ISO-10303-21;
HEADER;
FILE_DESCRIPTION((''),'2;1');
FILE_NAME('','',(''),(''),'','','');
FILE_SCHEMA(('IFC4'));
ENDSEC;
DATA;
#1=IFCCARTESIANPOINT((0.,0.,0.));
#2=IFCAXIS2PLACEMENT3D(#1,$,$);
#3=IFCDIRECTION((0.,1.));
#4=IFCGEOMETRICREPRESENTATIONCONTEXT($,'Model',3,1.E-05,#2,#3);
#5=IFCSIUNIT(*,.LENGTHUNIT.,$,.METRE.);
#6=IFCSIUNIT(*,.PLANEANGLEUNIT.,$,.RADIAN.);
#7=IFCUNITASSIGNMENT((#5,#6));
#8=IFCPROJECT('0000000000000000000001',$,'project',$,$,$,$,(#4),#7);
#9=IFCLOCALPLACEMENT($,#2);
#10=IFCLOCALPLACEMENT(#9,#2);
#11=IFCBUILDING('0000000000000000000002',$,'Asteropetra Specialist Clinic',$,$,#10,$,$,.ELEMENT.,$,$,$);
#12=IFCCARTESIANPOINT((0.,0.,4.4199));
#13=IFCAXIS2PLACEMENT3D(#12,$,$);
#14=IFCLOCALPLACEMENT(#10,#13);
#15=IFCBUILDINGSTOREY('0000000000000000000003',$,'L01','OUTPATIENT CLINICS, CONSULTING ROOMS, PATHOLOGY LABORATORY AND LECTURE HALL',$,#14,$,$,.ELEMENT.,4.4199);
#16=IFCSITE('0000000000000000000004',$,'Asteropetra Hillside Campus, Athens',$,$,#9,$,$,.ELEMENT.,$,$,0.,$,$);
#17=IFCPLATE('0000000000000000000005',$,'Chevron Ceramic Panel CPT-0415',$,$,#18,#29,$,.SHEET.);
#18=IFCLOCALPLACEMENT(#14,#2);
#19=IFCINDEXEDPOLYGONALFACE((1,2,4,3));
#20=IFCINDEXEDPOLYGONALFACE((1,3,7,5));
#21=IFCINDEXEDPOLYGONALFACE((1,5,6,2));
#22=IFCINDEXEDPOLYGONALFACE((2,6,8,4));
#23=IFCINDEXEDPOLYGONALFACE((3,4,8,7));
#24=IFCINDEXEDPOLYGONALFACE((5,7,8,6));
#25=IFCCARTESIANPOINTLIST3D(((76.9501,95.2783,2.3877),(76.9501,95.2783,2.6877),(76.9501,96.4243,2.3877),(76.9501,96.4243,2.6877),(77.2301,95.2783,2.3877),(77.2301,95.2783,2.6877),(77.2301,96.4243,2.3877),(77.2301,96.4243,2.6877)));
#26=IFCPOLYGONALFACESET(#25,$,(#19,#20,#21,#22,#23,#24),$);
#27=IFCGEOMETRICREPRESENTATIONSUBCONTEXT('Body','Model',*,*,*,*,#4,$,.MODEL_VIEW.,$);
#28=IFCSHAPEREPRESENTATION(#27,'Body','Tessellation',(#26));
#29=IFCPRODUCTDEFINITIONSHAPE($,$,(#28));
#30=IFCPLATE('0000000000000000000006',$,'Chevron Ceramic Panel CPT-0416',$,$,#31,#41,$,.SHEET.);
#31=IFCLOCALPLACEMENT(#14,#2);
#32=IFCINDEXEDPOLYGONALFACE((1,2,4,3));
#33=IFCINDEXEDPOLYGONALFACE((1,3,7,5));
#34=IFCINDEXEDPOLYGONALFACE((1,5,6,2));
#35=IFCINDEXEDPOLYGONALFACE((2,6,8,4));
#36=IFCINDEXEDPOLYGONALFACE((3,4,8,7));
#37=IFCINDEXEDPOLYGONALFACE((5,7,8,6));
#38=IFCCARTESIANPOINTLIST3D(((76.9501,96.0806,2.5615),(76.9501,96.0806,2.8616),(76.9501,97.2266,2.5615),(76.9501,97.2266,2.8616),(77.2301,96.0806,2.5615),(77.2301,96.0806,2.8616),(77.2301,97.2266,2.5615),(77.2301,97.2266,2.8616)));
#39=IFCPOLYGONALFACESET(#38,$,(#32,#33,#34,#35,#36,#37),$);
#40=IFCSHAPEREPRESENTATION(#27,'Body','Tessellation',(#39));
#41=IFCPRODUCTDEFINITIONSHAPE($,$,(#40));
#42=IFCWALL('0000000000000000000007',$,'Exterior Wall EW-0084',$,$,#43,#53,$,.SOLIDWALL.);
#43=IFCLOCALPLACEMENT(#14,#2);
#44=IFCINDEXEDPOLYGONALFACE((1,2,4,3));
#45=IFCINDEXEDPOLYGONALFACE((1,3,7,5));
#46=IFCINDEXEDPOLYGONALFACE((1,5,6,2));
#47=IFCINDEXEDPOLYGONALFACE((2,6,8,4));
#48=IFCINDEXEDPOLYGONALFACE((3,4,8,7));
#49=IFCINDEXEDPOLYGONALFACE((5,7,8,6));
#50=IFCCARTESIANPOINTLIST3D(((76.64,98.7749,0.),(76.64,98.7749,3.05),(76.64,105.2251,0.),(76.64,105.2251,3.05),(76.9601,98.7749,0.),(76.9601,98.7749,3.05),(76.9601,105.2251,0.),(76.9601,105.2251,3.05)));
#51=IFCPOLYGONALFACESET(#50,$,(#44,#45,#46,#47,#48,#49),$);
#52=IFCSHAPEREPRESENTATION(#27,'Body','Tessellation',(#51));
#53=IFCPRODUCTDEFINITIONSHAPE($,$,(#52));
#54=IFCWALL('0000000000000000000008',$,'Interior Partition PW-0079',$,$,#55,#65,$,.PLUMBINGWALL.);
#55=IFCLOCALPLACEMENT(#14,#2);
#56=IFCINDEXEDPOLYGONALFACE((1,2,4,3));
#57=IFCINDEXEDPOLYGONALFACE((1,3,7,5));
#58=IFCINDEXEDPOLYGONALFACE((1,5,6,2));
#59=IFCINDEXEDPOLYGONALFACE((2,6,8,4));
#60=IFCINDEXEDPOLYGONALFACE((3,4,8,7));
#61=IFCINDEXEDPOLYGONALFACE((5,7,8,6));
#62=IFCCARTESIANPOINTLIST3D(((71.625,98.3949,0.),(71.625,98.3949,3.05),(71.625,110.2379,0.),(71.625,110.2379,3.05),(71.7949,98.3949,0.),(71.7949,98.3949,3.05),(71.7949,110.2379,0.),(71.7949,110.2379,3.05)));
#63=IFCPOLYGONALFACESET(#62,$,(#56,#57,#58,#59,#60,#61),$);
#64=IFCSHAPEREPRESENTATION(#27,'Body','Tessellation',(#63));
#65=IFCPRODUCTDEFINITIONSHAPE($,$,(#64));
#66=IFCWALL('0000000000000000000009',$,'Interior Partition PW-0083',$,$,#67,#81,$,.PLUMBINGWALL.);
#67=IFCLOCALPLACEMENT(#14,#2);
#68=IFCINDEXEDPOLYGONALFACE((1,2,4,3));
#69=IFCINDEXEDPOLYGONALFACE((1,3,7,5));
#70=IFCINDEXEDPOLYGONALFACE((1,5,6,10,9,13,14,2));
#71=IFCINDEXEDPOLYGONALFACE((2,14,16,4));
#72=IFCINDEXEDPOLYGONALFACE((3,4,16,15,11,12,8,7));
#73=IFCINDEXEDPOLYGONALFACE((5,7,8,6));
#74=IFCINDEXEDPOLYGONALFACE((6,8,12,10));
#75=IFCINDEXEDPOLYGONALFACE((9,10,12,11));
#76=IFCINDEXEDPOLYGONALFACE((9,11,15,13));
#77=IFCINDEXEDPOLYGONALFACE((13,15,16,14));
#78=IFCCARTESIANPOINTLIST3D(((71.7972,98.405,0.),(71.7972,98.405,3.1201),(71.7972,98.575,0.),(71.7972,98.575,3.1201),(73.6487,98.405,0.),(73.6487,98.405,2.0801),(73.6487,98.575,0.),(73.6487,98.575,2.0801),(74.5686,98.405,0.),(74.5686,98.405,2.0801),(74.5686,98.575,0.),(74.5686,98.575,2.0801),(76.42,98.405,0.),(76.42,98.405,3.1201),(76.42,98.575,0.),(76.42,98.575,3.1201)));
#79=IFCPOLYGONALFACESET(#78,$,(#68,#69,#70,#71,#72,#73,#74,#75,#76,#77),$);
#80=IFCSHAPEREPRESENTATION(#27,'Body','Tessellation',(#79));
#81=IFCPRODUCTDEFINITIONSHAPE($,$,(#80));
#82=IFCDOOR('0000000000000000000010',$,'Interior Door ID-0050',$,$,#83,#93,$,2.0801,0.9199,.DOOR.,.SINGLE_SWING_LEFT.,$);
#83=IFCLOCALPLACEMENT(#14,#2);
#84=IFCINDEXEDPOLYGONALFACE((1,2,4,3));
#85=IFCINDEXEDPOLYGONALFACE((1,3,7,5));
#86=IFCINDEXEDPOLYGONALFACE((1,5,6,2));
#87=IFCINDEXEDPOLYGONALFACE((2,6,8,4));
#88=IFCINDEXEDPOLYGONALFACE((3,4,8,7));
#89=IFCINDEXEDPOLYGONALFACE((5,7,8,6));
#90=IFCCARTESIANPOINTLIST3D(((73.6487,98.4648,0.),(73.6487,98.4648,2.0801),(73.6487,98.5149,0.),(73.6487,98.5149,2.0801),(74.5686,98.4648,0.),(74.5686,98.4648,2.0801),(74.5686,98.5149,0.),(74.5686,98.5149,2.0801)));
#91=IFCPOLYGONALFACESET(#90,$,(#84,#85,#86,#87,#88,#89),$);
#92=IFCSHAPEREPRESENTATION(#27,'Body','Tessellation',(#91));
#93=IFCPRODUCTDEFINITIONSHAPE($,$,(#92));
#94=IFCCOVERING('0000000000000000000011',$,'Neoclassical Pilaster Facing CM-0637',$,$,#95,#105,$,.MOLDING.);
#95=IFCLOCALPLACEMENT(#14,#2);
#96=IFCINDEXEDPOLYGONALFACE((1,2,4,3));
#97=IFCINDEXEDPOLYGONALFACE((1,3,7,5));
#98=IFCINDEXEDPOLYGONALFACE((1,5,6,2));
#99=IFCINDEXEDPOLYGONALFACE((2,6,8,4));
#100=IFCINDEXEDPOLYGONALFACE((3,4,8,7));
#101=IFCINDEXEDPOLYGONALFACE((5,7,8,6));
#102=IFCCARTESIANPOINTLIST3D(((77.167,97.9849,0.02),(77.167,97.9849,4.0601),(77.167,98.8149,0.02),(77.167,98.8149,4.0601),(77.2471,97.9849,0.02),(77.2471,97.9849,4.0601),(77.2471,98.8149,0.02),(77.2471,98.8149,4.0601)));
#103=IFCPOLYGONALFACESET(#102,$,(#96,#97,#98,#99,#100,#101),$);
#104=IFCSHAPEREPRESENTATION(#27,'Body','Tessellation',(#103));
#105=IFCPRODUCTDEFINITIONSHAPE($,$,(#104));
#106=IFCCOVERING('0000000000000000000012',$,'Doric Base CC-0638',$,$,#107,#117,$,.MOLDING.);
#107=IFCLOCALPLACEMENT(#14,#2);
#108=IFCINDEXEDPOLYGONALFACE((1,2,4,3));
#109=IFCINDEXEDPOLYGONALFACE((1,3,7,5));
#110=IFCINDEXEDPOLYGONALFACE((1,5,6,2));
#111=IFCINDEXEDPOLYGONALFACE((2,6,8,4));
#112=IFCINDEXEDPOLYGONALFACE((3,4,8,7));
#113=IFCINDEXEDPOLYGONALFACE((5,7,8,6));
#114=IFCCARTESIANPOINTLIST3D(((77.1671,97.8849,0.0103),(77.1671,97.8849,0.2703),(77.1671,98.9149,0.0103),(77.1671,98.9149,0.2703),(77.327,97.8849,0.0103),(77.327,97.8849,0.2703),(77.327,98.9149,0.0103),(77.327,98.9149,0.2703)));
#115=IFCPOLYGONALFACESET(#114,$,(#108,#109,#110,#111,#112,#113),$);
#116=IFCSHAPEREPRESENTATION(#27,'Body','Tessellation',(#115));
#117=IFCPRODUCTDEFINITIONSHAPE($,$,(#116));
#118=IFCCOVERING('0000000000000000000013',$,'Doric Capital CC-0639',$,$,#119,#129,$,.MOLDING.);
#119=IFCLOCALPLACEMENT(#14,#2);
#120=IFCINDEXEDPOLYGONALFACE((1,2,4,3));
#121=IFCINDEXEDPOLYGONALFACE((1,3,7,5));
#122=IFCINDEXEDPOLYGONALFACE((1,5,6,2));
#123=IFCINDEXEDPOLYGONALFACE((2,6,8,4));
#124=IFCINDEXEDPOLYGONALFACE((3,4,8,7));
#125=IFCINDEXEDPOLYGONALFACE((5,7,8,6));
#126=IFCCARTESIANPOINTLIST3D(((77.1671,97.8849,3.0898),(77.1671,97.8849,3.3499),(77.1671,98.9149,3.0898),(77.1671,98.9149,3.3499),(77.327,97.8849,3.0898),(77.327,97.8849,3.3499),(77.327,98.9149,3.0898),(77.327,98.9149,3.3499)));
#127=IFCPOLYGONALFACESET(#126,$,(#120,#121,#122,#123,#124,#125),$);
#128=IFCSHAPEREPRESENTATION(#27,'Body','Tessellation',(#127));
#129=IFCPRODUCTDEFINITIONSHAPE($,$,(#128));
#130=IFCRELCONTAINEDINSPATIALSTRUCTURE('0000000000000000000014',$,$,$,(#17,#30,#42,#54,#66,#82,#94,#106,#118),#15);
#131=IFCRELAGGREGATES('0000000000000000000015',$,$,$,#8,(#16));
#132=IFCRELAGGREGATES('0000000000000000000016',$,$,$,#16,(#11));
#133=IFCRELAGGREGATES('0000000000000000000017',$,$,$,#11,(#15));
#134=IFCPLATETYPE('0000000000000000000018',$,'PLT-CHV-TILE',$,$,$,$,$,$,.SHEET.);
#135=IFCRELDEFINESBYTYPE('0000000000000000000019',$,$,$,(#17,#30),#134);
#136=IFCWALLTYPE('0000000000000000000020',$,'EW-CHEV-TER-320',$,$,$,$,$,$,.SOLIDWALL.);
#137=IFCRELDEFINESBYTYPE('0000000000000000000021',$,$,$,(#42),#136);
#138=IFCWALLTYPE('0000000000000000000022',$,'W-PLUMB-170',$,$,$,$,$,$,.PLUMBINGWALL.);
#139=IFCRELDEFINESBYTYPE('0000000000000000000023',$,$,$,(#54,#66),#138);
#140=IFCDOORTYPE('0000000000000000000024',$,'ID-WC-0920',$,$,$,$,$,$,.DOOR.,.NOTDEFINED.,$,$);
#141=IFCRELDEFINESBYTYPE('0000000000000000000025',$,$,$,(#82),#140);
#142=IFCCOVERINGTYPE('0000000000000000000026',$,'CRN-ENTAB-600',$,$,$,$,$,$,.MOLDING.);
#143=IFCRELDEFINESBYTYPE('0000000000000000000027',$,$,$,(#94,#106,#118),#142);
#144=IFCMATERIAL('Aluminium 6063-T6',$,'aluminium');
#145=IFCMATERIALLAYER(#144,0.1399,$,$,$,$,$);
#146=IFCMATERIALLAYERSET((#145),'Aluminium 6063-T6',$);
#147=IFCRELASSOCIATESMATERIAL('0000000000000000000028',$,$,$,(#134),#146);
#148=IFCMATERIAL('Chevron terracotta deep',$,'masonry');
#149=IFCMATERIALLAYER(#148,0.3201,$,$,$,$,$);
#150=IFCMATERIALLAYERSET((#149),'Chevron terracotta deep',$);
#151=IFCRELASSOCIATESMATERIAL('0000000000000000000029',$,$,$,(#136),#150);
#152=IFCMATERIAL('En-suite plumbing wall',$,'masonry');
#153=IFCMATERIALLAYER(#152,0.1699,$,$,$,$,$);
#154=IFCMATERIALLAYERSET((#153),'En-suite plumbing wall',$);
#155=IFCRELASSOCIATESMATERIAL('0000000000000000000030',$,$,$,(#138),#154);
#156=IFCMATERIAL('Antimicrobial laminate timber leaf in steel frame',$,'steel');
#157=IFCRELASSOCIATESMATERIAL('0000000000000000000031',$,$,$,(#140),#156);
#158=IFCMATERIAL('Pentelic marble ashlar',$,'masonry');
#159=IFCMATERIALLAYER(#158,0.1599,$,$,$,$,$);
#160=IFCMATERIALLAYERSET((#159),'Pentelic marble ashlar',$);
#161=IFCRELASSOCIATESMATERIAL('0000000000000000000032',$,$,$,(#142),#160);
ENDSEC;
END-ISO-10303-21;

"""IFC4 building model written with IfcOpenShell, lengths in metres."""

from ifc_helpers import new_model, si_unit, direction, frame, frame_2d, origin, origin_2d, place, context, subcontext, project, spatial, rectangle, extrude, material, layer, layer_set, type_object, element, fill, save


model = new_model("IFC4")

# Units and contexts
model_context = context("Model", 3, precision=1e-05, world=origin(), true_north=direction((0.0, 1.0)))
body_context = subcontext(model_context, "Body", "Model", "MODEL_VIEW")
ifc_project = project(units=[si_unit("LENGTHUNIT", "METRE"), si_unit("PLANEANGLEUNIT", "RADIAN")], contexts=[model_context])

# Site, building, storey
site_placement = place(None, origin())
site = spatial("IfcSite", under=ifc_project, at=site_placement, Name="Asteropetra Hillside Campus, Athens", CompositionType="ELEMENT", RefElevation=0.0)
building_placement = place(site_placement, origin())
building = spatial("IfcBuilding", under=site, at=building_placement, Name="Asteropetra Specialist Clinic", CompositionType="ELEMENT")
storey_placement = place(building_placement, frame((0.0, 0.0, 4.4199)))
storey = spatial("IfcBuildingStorey", under=building, at=storey_placement, Name="L01", Description="OUTPATIENT CLINICS, CONSULTING ROOMS, PATHOLOGY LABORATORY AND LECTURE HALL", CompositionType="ELEMENT", Elevation=4.4199)

# Plates
ifc_material_1 = material(Name="Aluminium 6063-T6", Category="aluminium")
ifc_layer_1 = layer(ifc_material_1, 0.1399)
ifc_layer_set_1 = layer_set([ifc_layer_1], Name="Aluminium 6063-T6")
plate_type_1 = type_object("IfcPlateType", Name="PLT-CHV-TILE", PredefinedType="SHEET", material=ifc_layer_set_1)
for number, where, z_axis, x_axis, name in (
    (1, (77.0901, 95.8513, 2.3877), (0.0, 0.0, 1.0), (1.0, 0.0, 0.0), "Chevron Ceramic Panel CPT-0415"),
    (2, (77.0901, 96.6536, 2.5615), (0.0, 0.0, 1.0), (1.0, 0.0, 0.0), "Chevron Ceramic Panel CPT-0416"),
):
    element("IfcPlate", number, at=place(storey_placement, frame(where, z_axis=z_axis, x_axis=x_axis)), inside=storey, type_object=plate_type_1, Name=name, PredefinedType="SHEET", context=body_context, shape_type="SweptSolid", body=[
        extrude(rectangle(XDim=0.28, YDim=1.146, at=origin_2d()), origin(), (0.0, 0.0, 1.0), 0.3),
    ])

# Walls
ifc_material_2 = material(Name="Chevron terracotta deep", Category="masonry")
ifc_layer_2 = layer(ifc_material_2, 0.3201)
ifc_layer_set_2 = layer_set([ifc_layer_2], Name="Chevron terracotta deep")
wall_type_1 = type_object("IfcWallType", Name="EW-CHEV-TER-320", PredefinedType="SOLIDWALL", material=ifc_layer_set_2)
wall_1_placement = place(storey_placement, frame((76.8, 98.7749, 0.0), z_axis=(0.0, 0.0, 1.0), x_axis=(0.0, 1.0, 0.0)))
element("IfcWall", 3, at=wall_1_placement, inside=storey, type_object=wall_type_1, Name="Exterior Wall EW-0084", PredefinedType="SOLIDWALL", context=body_context, shape_type="SweptSolid", body=[
    extrude(rectangle(XDim=6.4502, YDim=0.3201, at=frame_2d((3.2251, 0.0))), origin(), (0.0, 0.0, 1.0), 3.05),
])
ifc_material_3 = material(Name="En-suite plumbing wall", Category="masonry")
ifc_layer_3 = layer(ifc_material_3, 0.1699)
ifc_layer_set_3 = layer_set([ifc_layer_3], Name="En-suite plumbing wall")
wall_type_2 = type_object("IfcWallType", Name="W-PLUMB-170", PredefinedType="PLUMBINGWALL", material=ifc_layer_set_3)
wall_2_placement = place(storey_placement, frame((71.71, 98.395, 0.0), z_axis=(0.0, 0.0, 1.0), x_axis=(0.0, 1.0, 0.0)))
element("IfcWall", 4, at=wall_2_placement, inside=storey, type_object=wall_type_2, Name="Interior Partition PW-0079", PredefinedType="PLUMBINGWALL", context=body_context, shape_type="SweptSolid", body=[
    extrude(rectangle(XDim=11.843, YDim=0.1699, at=frame_2d((5.9214, 0.0))), origin(), (0.0, 0.0, 1.0), 3.05),
])

# Wall, opening, door
wall_3_placement = place(storey_placement, frame((71.7971, 98.49, 0.0), z_axis=(0.0, 0.0, 1.0), x_axis=(1.0, 0.0, 0.0)))
wall_3 = element("IfcWall", 5, at=wall_3_placement, inside=storey, type_object=wall_type_2, Name="Interior Partition PW-0083", PredefinedType="PLUMBINGWALL", context=body_context, shape_type="SweptSolid", body=[
    extrude(rectangle(XDim=4.6228, YDim=0.1699, at=frame_2d((2.3115, 0.0))), origin(), (0.0, 0.0, 1.0), 3.1201),
])
opening_placement = place(wall_3_placement, frame((1.8516, 0.0, 0.0)))
opening = element("IfcOpeningElement", 6, at=opening_placement, cuts=wall_3, PredefinedType="OPENING", context=body_context, shape_type="SweptSolid", body=[
    extrude(rectangle(XDim=0.9199, YDim=2.0801, at=frame_2d((0.46, 1.04))), frame((0.0, 0.095, 0.0), z_axis=(0.0, -1.0, 0.0), x_axis=(1.0, 0.0, 0.0)), (0.0, 0.0, 1.0), 0.1899),
])
ifc_material_4 = material(Name="Antimicrobial laminate timber leaf in steel frame", Category="steel")
door_type = type_object("IfcDoorType", Name="ID-WC-0920", OperationType="NOTDEFINED", PredefinedType="DOOR", material=ifc_material_4)
door_placement = place(opening_placement, origin())
door = element("IfcDoor", 7, at=door_placement, inside=storey, type_object=door_type, Name="Interior Door ID-0050", OperationType="SINGLE_SWING_LEFT", OverallHeight=2.0801, OverallWidth=0.9199, PredefinedType="DOOR", context=body_context, shape_type="SweptSolid", body=[
    extrude(rectangle(XDim=0.9199, YDim=2.0801, at=frame_2d((0.46, 1.04))), frame((0.0, 0.0249, 0.0), z_axis=(0.0, -1.0, 0.0), x_axis=(1.0, 0.0, 0.0)), (0.0, 0.0, 1.0), 0.05),
])
fill(opening, door)

# Coverings
ifc_material_5 = material(Name="Pentelic marble ashlar", Category="masonry")
ifc_layer_4 = layer(ifc_material_5, 0.1599)
ifc_layer_set_4 = layer_set([ifc_layer_4], Name="Pentelic marble ashlar")
covering_type = type_object("IfcCoveringType", Name="CRN-ENTAB-600", PredefinedType="MOLDING", material=ifc_layer_set_4)
covering_placement = place(storey_placement, frame((77.207, 98.3999, 0.02), z_axis=(0.0, 0.0, 1.0), x_axis=(1.0, 0.0, 0.0)))
element("IfcCovering", 8, at=covering_placement, inside=storey, type_object=covering_type, Name="Neoclassical Pilaster Facing CM-0637", PredefinedType="MOLDING", context=body_context, shape_type="SweptSolid", body=[
    extrude(rectangle(XDim=0.0801, YDim=0.8301, at=origin_2d()), origin(), (0.0, 0.0, 1.0), 4.04),
])
for number, where, z_axis, x_axis, name in (
    (9, (77.2471, 98.3999, 0.0103), (0.0, 0.0, 1.0), (1.0, 0.0, 0.0), "Doric Base CC-0638"),
    (10, (77.2471, 98.3999, 3.0898), (0.0, 0.0, 1.0), (1.0, 0.0, 0.0), "Doric Capital CC-0639"),
):
    element("IfcCovering", number, at=place(storey_placement, frame(where, z_axis=z_axis, x_axis=x_axis)), inside=storey, type_object=covering_type, Name=name, PredefinedType="MOLDING", context=body_context, shape_type="SweptSolid", body=[
        extrude(rectangle(XDim=0.1599, YDim=1.03, at=origin_2d()), origin(), (0.0, 0.0, 1.0), 0.26),
    ])

save(model, "model.ifc")
